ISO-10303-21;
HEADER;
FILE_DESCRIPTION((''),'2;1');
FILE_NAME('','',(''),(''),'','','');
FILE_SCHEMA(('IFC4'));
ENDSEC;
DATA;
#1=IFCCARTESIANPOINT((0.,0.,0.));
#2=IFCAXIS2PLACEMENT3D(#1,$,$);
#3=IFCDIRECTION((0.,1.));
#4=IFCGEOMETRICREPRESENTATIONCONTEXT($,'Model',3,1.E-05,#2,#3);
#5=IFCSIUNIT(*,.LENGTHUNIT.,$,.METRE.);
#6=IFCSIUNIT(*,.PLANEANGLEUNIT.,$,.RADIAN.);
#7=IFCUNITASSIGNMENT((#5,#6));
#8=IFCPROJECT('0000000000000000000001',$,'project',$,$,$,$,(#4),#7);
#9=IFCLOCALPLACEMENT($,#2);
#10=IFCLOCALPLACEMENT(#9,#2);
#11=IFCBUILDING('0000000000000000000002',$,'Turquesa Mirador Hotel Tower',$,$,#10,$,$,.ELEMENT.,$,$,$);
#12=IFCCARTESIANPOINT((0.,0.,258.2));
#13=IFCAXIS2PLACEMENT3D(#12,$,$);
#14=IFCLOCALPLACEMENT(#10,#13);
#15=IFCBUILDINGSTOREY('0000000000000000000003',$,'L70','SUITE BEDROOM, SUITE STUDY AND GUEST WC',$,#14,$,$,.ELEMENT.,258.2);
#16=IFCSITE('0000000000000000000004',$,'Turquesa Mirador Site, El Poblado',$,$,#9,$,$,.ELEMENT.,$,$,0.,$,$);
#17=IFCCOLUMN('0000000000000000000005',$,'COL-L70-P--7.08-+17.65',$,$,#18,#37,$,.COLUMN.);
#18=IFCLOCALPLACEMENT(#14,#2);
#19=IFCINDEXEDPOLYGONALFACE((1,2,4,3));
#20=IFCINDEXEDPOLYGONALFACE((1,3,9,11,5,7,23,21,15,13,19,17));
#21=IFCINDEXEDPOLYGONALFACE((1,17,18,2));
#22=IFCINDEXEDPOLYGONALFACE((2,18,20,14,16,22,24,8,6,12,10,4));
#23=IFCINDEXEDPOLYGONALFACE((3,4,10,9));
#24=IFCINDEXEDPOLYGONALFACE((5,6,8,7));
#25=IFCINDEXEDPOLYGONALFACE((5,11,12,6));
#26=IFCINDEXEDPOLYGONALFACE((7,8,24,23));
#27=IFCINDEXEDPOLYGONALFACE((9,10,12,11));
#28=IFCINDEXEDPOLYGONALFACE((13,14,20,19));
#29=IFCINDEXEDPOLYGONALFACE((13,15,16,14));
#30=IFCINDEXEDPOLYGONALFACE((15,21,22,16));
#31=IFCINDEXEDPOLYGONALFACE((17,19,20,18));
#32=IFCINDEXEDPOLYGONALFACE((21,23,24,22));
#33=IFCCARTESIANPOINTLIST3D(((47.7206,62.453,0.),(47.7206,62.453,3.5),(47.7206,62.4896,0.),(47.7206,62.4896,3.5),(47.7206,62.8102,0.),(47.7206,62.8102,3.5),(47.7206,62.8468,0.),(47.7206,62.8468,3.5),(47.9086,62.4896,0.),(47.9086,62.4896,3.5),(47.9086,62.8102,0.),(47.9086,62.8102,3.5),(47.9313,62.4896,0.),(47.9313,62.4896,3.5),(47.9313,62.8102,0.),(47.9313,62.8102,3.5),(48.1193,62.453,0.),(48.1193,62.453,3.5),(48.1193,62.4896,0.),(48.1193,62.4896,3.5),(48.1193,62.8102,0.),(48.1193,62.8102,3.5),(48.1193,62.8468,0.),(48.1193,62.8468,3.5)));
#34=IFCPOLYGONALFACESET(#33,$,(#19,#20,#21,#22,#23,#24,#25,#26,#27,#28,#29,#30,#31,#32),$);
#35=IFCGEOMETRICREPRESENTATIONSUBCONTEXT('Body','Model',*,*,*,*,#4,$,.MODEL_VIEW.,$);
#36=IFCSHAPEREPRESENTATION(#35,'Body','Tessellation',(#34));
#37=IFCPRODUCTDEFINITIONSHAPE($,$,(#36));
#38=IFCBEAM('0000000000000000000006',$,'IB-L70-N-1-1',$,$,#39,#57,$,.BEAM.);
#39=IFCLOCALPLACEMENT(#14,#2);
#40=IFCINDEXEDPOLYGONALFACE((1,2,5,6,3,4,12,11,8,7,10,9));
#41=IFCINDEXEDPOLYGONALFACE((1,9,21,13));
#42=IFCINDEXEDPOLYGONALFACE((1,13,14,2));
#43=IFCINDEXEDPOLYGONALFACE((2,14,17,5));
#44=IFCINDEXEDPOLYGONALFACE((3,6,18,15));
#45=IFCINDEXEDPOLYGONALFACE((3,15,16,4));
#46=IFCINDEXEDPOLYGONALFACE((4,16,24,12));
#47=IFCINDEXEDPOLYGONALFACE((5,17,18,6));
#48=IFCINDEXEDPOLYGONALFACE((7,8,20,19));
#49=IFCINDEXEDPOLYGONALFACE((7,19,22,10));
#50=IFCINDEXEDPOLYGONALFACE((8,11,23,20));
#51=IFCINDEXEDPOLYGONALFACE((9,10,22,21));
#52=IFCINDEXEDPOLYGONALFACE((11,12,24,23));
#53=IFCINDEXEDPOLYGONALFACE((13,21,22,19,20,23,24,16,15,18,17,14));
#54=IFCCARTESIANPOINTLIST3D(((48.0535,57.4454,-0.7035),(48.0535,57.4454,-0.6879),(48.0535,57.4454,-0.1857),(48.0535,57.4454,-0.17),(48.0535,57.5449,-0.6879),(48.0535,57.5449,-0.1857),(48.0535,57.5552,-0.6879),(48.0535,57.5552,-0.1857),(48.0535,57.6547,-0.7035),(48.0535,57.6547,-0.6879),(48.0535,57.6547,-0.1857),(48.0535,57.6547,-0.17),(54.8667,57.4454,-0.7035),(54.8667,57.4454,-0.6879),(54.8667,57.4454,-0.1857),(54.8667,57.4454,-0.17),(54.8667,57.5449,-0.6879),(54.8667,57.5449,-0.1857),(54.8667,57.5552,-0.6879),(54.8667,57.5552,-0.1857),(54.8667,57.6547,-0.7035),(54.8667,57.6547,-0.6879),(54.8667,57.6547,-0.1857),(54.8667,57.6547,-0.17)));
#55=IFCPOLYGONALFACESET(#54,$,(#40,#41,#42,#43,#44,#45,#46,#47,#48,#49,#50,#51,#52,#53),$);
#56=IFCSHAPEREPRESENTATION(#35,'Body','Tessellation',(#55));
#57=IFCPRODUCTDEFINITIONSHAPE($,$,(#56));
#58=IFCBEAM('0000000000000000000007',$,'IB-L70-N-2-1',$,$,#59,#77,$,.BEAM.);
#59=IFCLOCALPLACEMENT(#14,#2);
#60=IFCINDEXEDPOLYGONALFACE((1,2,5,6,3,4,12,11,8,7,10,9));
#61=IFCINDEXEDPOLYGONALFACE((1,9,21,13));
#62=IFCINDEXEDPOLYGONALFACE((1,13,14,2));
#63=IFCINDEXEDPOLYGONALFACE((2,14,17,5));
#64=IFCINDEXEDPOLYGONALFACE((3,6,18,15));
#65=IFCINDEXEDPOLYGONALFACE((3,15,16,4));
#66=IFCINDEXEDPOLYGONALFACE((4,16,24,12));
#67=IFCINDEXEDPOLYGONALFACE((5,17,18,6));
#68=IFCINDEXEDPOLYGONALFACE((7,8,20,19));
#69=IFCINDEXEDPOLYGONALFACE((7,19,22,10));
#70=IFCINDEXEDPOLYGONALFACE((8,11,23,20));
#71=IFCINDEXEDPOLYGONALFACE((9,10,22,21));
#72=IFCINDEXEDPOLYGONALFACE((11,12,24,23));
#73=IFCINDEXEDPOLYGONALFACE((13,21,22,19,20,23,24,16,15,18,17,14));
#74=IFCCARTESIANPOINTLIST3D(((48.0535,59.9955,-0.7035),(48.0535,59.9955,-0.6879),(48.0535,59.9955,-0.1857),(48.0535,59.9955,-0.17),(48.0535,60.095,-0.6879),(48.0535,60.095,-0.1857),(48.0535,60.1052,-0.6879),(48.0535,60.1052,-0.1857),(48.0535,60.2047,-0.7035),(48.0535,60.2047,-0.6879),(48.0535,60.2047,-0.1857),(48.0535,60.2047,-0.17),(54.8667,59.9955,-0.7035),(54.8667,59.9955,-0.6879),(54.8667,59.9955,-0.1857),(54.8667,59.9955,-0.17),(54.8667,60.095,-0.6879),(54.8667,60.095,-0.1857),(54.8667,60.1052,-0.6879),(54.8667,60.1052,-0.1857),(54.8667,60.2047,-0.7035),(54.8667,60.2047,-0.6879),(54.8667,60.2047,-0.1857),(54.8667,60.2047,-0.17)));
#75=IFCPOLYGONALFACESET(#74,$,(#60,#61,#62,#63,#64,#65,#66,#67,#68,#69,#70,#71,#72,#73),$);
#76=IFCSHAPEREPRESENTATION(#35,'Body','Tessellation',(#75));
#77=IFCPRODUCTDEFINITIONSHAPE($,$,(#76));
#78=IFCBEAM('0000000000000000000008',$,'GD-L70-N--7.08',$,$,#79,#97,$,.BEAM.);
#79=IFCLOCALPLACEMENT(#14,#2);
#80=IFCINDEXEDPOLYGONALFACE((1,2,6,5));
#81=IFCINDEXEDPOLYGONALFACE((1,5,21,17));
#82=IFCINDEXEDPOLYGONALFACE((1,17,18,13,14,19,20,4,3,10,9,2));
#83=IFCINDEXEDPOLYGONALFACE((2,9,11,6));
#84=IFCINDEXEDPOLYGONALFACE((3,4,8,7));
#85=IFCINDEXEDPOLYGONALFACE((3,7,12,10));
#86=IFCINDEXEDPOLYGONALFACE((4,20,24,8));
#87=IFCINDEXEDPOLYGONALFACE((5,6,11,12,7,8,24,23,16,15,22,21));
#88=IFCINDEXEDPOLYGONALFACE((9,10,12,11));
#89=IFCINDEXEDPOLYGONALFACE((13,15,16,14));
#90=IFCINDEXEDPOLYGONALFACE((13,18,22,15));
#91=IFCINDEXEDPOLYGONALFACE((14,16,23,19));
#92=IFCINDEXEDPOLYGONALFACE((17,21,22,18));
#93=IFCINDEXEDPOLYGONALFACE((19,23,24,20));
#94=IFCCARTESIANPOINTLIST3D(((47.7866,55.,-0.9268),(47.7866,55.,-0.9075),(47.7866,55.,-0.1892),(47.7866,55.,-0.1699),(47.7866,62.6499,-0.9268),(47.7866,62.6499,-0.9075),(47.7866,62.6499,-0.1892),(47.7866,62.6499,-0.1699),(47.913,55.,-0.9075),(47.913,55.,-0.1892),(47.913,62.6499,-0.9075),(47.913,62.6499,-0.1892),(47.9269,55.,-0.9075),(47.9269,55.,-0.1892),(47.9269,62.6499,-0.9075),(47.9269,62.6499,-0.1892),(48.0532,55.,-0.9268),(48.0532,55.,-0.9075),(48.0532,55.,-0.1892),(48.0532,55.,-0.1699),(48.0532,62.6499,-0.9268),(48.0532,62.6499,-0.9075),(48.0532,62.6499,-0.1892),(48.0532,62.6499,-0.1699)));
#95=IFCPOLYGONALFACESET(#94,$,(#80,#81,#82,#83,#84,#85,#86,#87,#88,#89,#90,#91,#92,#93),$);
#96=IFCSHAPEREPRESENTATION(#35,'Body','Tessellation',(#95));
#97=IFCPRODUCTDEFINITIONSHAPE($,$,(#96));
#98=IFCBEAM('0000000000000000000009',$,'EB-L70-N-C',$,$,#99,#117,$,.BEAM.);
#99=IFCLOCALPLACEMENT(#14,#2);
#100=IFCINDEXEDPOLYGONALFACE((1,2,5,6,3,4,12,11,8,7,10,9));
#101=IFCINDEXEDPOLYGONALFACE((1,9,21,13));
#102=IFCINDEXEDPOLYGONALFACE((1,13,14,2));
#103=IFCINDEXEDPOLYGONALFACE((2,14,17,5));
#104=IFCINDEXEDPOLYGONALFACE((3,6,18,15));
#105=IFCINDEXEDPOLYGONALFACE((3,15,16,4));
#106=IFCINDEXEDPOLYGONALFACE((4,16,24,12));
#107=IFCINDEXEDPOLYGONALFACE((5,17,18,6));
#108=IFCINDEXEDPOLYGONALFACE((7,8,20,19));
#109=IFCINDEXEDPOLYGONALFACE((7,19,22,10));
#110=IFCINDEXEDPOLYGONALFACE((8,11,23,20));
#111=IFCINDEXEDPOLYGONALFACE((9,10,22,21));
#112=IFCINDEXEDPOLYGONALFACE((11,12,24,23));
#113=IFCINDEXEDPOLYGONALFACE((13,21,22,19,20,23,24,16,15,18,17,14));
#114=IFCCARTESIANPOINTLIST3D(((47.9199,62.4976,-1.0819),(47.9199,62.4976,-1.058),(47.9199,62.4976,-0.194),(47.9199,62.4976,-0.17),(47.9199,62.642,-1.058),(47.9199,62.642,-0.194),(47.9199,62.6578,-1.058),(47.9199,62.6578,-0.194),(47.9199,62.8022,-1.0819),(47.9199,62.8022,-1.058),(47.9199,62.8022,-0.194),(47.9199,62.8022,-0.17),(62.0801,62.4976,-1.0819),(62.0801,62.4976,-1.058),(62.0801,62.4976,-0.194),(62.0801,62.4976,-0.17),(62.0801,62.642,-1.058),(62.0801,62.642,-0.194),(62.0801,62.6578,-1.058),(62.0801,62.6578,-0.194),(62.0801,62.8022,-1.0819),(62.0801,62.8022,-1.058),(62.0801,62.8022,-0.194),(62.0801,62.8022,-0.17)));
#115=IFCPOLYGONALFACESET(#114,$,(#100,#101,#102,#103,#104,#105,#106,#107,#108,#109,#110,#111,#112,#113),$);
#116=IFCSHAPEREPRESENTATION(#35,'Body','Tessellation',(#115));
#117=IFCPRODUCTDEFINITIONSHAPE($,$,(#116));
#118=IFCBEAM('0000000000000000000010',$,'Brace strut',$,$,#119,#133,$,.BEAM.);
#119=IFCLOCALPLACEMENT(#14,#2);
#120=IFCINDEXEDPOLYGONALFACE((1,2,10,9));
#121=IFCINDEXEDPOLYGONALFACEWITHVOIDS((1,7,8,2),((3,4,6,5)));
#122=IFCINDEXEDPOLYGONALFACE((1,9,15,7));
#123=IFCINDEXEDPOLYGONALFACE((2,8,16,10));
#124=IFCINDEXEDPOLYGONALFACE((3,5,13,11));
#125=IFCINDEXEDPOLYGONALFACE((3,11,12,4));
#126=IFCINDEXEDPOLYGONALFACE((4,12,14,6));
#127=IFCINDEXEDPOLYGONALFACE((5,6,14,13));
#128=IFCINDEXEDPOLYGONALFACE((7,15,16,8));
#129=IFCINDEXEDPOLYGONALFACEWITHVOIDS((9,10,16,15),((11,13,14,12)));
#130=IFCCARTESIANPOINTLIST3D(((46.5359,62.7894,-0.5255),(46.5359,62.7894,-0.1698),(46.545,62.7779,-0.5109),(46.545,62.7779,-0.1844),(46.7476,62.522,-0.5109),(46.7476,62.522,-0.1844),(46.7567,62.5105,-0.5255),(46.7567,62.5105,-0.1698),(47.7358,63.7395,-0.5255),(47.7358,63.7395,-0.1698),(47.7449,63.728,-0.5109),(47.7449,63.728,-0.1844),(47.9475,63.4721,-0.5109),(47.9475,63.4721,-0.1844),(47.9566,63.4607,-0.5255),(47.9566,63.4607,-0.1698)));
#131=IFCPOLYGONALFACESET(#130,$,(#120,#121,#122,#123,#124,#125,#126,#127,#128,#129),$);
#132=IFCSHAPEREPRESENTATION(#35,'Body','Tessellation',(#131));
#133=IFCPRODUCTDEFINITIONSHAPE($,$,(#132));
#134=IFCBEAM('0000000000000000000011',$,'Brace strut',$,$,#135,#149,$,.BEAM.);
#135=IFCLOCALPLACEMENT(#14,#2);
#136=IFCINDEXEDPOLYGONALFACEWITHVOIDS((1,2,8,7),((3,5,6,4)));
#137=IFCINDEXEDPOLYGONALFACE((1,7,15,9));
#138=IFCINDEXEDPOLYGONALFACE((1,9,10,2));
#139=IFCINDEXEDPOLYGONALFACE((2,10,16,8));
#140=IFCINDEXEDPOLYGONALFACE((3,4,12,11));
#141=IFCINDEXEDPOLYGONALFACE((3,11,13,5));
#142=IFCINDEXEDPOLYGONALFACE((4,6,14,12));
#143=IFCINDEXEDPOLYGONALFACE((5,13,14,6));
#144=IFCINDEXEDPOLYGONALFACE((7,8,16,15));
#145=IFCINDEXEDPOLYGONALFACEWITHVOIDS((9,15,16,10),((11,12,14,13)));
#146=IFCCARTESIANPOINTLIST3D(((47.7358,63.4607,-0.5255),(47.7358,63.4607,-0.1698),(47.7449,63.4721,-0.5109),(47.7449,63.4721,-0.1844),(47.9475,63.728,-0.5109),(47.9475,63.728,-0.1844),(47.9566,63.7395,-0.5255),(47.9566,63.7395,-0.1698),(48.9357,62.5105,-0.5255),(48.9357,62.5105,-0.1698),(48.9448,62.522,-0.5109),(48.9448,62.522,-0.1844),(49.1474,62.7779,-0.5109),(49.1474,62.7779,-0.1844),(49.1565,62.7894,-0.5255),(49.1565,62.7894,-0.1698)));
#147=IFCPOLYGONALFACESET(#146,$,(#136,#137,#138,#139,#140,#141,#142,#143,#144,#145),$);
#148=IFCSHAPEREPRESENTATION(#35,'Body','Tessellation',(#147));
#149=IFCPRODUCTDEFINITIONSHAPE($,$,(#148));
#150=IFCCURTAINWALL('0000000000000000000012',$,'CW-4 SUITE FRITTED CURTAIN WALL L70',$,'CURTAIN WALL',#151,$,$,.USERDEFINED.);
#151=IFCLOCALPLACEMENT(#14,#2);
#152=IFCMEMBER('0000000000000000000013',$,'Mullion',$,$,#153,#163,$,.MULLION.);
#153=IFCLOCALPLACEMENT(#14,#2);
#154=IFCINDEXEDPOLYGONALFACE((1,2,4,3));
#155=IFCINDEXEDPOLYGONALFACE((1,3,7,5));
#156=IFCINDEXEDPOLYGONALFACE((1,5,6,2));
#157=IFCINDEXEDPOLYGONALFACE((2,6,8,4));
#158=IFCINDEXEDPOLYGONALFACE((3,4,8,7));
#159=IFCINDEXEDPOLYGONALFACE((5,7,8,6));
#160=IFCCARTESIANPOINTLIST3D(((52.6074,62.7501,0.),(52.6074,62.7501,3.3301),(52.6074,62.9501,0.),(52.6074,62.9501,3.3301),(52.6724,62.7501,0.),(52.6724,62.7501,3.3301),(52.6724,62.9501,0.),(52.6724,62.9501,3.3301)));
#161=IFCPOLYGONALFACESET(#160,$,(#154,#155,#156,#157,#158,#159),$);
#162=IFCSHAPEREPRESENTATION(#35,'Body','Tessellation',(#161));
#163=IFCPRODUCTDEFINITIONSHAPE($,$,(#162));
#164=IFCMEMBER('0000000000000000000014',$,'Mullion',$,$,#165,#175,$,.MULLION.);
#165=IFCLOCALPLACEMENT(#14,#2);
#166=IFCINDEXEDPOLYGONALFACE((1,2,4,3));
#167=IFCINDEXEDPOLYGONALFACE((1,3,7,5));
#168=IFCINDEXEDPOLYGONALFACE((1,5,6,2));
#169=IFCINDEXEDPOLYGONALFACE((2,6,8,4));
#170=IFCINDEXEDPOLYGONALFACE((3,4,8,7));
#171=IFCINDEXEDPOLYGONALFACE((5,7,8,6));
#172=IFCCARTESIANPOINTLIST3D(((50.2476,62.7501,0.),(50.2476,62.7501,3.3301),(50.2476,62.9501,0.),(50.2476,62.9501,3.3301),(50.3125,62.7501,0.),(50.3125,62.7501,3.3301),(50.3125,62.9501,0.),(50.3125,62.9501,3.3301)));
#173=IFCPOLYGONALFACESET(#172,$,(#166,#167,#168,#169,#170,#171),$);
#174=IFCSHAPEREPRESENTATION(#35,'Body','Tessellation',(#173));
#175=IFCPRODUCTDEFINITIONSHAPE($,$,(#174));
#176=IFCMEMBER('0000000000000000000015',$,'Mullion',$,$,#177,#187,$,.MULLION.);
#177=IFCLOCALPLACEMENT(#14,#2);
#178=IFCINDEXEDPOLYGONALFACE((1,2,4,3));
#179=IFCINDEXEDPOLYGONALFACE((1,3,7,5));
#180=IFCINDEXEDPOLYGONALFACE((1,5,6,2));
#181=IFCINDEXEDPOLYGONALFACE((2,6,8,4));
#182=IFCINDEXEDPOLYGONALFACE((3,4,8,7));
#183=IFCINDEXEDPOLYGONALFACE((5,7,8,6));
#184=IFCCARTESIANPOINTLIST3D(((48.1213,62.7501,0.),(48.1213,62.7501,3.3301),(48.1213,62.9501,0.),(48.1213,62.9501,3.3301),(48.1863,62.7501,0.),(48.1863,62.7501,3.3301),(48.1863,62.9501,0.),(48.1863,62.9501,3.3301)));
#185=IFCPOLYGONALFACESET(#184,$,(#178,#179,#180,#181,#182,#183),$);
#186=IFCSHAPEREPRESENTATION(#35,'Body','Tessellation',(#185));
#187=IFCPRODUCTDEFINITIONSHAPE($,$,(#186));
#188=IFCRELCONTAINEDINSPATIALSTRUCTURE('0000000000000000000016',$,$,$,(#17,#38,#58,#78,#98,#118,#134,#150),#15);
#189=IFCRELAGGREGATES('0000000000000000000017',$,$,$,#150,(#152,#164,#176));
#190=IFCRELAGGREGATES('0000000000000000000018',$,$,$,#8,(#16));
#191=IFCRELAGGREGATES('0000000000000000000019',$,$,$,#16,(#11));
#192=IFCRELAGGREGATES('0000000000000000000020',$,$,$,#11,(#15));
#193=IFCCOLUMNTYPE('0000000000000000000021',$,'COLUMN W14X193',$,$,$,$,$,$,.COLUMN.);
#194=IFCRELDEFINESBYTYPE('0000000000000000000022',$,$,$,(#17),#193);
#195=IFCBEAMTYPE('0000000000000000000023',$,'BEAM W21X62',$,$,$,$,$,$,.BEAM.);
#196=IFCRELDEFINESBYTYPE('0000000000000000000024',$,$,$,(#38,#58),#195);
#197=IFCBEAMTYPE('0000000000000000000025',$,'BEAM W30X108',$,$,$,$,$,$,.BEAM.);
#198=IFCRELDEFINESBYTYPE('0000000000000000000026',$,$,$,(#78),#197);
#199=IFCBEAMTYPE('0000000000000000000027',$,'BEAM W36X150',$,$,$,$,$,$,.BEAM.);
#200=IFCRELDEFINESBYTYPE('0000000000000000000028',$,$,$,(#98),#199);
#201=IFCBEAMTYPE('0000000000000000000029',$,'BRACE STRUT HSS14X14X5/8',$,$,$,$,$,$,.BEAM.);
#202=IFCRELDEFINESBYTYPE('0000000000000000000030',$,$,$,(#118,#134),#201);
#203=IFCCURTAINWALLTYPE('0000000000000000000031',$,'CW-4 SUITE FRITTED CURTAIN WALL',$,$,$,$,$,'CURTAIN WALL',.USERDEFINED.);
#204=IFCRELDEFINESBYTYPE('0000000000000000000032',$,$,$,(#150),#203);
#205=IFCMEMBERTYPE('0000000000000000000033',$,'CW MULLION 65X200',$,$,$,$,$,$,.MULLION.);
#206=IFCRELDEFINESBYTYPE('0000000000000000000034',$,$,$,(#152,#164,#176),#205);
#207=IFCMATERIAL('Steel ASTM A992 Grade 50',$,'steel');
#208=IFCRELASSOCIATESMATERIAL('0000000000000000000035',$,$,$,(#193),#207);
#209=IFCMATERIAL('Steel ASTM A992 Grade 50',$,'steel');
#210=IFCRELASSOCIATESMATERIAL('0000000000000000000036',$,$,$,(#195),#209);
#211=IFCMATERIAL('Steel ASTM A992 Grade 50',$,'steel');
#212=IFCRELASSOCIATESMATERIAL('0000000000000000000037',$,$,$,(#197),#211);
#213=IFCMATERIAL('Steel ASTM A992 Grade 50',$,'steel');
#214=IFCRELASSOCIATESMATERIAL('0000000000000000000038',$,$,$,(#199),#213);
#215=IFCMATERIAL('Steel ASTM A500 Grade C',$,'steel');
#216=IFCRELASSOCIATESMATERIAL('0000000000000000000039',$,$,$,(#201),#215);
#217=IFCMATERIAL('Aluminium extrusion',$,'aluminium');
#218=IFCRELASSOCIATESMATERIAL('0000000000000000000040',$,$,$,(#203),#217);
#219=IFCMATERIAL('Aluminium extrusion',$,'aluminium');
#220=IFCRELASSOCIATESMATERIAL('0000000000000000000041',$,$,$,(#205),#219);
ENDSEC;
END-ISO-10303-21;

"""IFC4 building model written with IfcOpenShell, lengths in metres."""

from ifc_helpers import new_model, si_unit, direction, frame, origin, origin_2d, place, context, subcontext, project, spatial, rectangle, hollow_rectangle, i_section, extrude, material, material_profile, profile_set, type_object, element, aggregate, save


model = new_model("IFC4")

# Units and contexts
model_context = context("Model", 3, precision=1e-05, world=origin(), true_north=direction((0.0, 1.0)))
body_context = subcontext(model_context, "Body", "Model", "MODEL_VIEW")
ifc_project = project(units=[si_unit("LENGTHUNIT", "METRE"), si_unit("PLANEANGLEUNIT", "RADIAN")], contexts=[model_context])

# Site, building, storey
site_placement = place(None, origin())
site = spatial("IfcSite", under=ifc_project, at=site_placement, Name="Turquesa Mirador Site, El Poblado", CompositionType="ELEMENT", RefElevation=0.0)
building_placement = place(site_placement, origin())
building = spatial("IfcBuilding", under=site, at=building_placement, Name="Turquesa Mirador Hotel Tower", CompositionType="ELEMENT")
storey_placement = place(building_placement, frame((0.0, 0.0, 258.2)))
storey = spatial("IfcBuildingStorey", under=building, at=storey_placement, Name="L70", Description="SUITE BEDROOM, SUITE STUDY AND GUEST WC", CompositionType="ELEMENT", Elevation=258.2)

# Column
ifc_material_1 = material(Name="Steel ASTM A992 Grade 50", Category="steel")
ifc_material_profile_1 = material_profile(ifc_material_1, i_section(OverallWidth=0.3987, OverallDepth=0.3938, WebThickness=0.0227, FlangeThickness=0.0366, at=origin_2d()), Name="W14X193")
ifc_profile_set_1 = profile_set([ifc_material_profile_1], Name="Steel ASTM A992 Grade 50")
column_type = type_object("IfcColumnType", Name="COLUMN W14X193", PredefinedType="COLUMN", material=ifc_profile_set_1)
column_placement = place(storey_placement, frame((47.9199, 62.6499, 0.0), z_axis=(0.0, 0.0, 1.0), x_axis=(1.0, 0.0, 0.0)))
element("IfcColumn", 1, at=column_placement, inside=storey, type_object=column_type, Name="COL-L70-P--7.08-+17.65", PredefinedType="COLUMN", context=body_context, shape_type="SweptSolid", body=[
    extrude(i_section(OverallWidth=0.3987, OverallDepth=0.3938, WebThickness=0.0227, FlangeThickness=0.0366, at=origin_2d()), origin(), (0.0, 0.0, 1.0), 3.5),
])

# Beams
ifc_material_2 = material(Name="Steel ASTM A992 Grade 50", Category="steel")
ifc_material_profile_2 = material_profile(ifc_material_2, i_section(OverallWidth=0.2092, OverallDepth=0.5334, WebThickness=0.0103, FlangeThickness=0.0156, at=origin_2d()), Name="W21X62")
ifc_profile_set_2 = profile_set([ifc_material_profile_2], Name="Steel ASTM A992 Grade 50")
beam_type_1 = type_object("IfcBeamType", Name="BEAM W21X62", PredefinedType="BEAM", material=ifc_profile_set_2)
for number, where, z_axis, x_axis, name in (
    (2, (48.0535, 57.55, -0.4368), (1.0, 0.0, 0.0), (0.0, 1.0, 0.0), "IB-L70-N-1-1"),
    (3, (48.0535, 60.1001, -0.4368), (1.0, 0.0, 0.0), (0.0, 1.0, 0.0), "IB-L70-N-2-1"),
):
    element("IfcBeam", number, at=place(storey_placement, frame(where, z_axis=z_axis, x_axis=x_axis)), inside=storey, type_object=beam_type_1, Name=name, PredefinedType="BEAM", context=body_context, shape_type="SweptSolid", body=[
        extrude(i_section(OverallWidth=0.2092, OverallDepth=0.5334, WebThickness=0.0103, FlangeThickness=0.0156, at=origin_2d()), origin(), (0.0, 0.0, 1.0), 6.8132),
    ])
ifc_material_3 = material(Name="Steel ASTM A992 Grade 50", Category="steel")
ifc_material_profile_3 = material_profile(ifc_material_3, i_section(OverallWidth=0.2666, OverallDepth=0.7568, WebThickness=0.0139, FlangeThickness=0.0193, at=origin_2d()), Name="W30X108")
ifc_profile_set_3 = profile_set([ifc_material_profile_3], Name="Steel ASTM A992 Grade 50")
beam_type_2 = type_object("IfcBeamType", Name="BEAM W30X108", PredefinedType="BEAM", material=ifc_profile_set_3)
beam_1_placement = place(storey_placement, frame((47.9199, 62.6499, -0.5483), z_axis=(0.0, -1.0, 0.0), x_axis=(1.0, 0.0, 0.0)))
element("IfcBeam", 4, at=beam_1_placement, inside=storey, type_object=beam_type_2, Name="GD-L70-N--7.08", PredefinedType="BEAM", context=body_context, shape_type="SweptSolid", body=[
    extrude(i_section(OverallWidth=0.2666, OverallDepth=0.7568, WebThickness=0.0139, FlangeThickness=0.0193, at=origin_2d()), origin(), (0.0, 0.0, 1.0), 7.6499),
])
ifc_material_4 = material(Name="Steel ASTM A992 Grade 50", Category="steel")
ifc_material_profile_4 = material_profile(ifc_material_4, i_section(OverallWidth=0.3047, OverallDepth=0.9119, WebThickness=0.0159, FlangeThickness=0.0239, at=origin_2d()), Name="W36X150")
ifc_profile_set_4 = profile_set([ifc_material_profile_4], Name="Steel ASTM A992 Grade 50")
beam_type_3 = type_object("IfcBeamType", Name="BEAM W36X150", PredefinedType="BEAM", material=ifc_profile_set_4)
beam_2_placement = place(storey_placement, frame((47.9199, 62.6499, -0.626), z_axis=(1.0, 0.0, 0.0), x_axis=(0.0, 1.0, 0.0)))
element("IfcBeam", 5, at=beam_2_placement, inside=storey, type_object=beam_type_3, Name="EB-L70-N-C", PredefinedType="BEAM", context=body_context, shape_type="SweptSolid", body=[
    extrude(i_section(OverallWidth=0.3047, OverallDepth=0.9119, WebThickness=0.0159, FlangeThickness=0.0239, at=origin_2d()), origin(), (0.0, 0.0, 1.0), 14.1602),
])
ifc_material_5 = material(Name="Steel ASTM A500 Grade C", Category="steel")
ifc_material_profile_5 = material_profile(ifc_material_5, hollow_rectangle(XDim=0.3557, YDim=0.3557, WallThickness=0.0146, at=origin_2d()), Name="HSS14X14X5/8")
ifc_profile_set_5 = profile_set([ifc_material_profile_5], Name="Steel ASTM A500 Grade C")
beam_type_4 = type_object("IfcBeamType", Name="BRACE STRUT HSS14X14X5/8", PredefinedType="BEAM", material=ifc_profile_set_5)
for number, where, z_axis, x_axis, name in (
    (6, (47.8462, 63.6001, -0.3477), (-0.783971, -0.620797, 0.0), (0.620797, -0.783971, 0.0), "Brace strut"),
    (7, (47.8462, 63.6001, -0.3477), (0.783971, -0.620797, 0.0), (0.620797, 0.783971, 0.0), "Brace strut"),
):
    element("IfcBeam", number, at=place(storey_placement, frame(where, z_axis=z_axis, x_axis=x_axis)), inside=storey, type_object=beam_type_4, Name=name, PredefinedType="BEAM", context=body_context, shape_type="SweptSolid", body=[
        extrude(hollow_rectangle(XDim=0.3557, YDim=0.3557, WallThickness=0.0146, at=origin_2d()), origin(), (0.0, 0.0, 1.0), 1.5305),
    ])

# Curtain wall, members
ifc_material_6 = material(Name="Aluminium extrusion", Category="aluminium")
curtain_wall_type = type_object("IfcCurtainWallType", Name="CW-4 SUITE FRITTED CURTAIN WALL", ElementType="CURTAIN WALL", PredefinedType="USERDEFINED", material=ifc_material_6)
curtain_wall_1_placement = place(storey_placement, origin())
curtain_wall_1 = element("IfcCurtainWall", 8, at=curtain_wall_1_placement, inside=storey, type_object=curtain_wall_type, Name="CW-4 SUITE FRITTED CURTAIN WALL L70", ObjectType="CURTAIN WALL", PredefinedType="USERDEFINED")
ifc_material_7 = material(Name="Aluminium extrusion", Category="aluminium")
ifc_material_profile_6 = material_profile(ifc_material_7, rectangle(XDim=0.0649, YDim=0.2, at=origin_2d()), Name="MULLION 65X200")
ifc_profile_set_6 = profile_set([ifc_material_profile_6], Name="Aluminium extrusion")
member_type_1 = type_object("IfcMemberType", Name="CW MULLION 65X200", PredefinedType="MULLION", material=ifc_profile_set_6)
member_1_placement = place(storey_placement, frame((52.6399, 62.8501, 0.0), z_axis=(0.0, 0.0, 1.0), x_axis=(-1.0, 0.0, 0.0)))
member_1 = element("IfcMember", 9, at=member_1_placement, type_object=member_type_1, Name="Mullion", PredefinedType="MULLION", context=body_context, shape_type="SweptSolid", body=[
    extrude(rectangle(XDim=0.0649, YDim=0.2, at=origin_2d()), origin(), (0.0, 0.0, 1.0), 3.3301),
])
member_2_placement = place(storey_placement, frame((50.28, 62.8501, 0.0), z_axis=(0.0, 0.0, 1.0), x_axis=(-1.0, 0.0, 0.0)))
member_2 = element("IfcMember", 10, at=member_2_placement, type_object=member_type_1, Name="Mullion", PredefinedType="MULLION", context=body_context, shape_type="SweptSolid", body=[
    extrude(rectangle(XDim=0.0649, YDim=0.2, at=origin_2d()), origin(), (0.0, 0.0, 1.0), 3.3301),
])
member_3_placement = place(storey_placement, frame((48.1538, 62.8501, 0.0), z_axis=(0.0, 0.0, 1.0), x_axis=(-1.0, 0.0, 0.0)))
member_3 = element("IfcMember", 11, at=member_3_placement, type_object=member_type_1, Name="Mullion", PredefinedType="MULLION", context=body_context, shape_type="SweptSolid", body=[
    extrude(rectangle(XDim=0.0649, YDim=0.2, at=origin_2d()), origin(), (0.0, 0.0, 1.0), 3.3301),
])

aggregate(curtain_wall_1, [member_1, member_2, member_3])

save(model, "model.ifc")
